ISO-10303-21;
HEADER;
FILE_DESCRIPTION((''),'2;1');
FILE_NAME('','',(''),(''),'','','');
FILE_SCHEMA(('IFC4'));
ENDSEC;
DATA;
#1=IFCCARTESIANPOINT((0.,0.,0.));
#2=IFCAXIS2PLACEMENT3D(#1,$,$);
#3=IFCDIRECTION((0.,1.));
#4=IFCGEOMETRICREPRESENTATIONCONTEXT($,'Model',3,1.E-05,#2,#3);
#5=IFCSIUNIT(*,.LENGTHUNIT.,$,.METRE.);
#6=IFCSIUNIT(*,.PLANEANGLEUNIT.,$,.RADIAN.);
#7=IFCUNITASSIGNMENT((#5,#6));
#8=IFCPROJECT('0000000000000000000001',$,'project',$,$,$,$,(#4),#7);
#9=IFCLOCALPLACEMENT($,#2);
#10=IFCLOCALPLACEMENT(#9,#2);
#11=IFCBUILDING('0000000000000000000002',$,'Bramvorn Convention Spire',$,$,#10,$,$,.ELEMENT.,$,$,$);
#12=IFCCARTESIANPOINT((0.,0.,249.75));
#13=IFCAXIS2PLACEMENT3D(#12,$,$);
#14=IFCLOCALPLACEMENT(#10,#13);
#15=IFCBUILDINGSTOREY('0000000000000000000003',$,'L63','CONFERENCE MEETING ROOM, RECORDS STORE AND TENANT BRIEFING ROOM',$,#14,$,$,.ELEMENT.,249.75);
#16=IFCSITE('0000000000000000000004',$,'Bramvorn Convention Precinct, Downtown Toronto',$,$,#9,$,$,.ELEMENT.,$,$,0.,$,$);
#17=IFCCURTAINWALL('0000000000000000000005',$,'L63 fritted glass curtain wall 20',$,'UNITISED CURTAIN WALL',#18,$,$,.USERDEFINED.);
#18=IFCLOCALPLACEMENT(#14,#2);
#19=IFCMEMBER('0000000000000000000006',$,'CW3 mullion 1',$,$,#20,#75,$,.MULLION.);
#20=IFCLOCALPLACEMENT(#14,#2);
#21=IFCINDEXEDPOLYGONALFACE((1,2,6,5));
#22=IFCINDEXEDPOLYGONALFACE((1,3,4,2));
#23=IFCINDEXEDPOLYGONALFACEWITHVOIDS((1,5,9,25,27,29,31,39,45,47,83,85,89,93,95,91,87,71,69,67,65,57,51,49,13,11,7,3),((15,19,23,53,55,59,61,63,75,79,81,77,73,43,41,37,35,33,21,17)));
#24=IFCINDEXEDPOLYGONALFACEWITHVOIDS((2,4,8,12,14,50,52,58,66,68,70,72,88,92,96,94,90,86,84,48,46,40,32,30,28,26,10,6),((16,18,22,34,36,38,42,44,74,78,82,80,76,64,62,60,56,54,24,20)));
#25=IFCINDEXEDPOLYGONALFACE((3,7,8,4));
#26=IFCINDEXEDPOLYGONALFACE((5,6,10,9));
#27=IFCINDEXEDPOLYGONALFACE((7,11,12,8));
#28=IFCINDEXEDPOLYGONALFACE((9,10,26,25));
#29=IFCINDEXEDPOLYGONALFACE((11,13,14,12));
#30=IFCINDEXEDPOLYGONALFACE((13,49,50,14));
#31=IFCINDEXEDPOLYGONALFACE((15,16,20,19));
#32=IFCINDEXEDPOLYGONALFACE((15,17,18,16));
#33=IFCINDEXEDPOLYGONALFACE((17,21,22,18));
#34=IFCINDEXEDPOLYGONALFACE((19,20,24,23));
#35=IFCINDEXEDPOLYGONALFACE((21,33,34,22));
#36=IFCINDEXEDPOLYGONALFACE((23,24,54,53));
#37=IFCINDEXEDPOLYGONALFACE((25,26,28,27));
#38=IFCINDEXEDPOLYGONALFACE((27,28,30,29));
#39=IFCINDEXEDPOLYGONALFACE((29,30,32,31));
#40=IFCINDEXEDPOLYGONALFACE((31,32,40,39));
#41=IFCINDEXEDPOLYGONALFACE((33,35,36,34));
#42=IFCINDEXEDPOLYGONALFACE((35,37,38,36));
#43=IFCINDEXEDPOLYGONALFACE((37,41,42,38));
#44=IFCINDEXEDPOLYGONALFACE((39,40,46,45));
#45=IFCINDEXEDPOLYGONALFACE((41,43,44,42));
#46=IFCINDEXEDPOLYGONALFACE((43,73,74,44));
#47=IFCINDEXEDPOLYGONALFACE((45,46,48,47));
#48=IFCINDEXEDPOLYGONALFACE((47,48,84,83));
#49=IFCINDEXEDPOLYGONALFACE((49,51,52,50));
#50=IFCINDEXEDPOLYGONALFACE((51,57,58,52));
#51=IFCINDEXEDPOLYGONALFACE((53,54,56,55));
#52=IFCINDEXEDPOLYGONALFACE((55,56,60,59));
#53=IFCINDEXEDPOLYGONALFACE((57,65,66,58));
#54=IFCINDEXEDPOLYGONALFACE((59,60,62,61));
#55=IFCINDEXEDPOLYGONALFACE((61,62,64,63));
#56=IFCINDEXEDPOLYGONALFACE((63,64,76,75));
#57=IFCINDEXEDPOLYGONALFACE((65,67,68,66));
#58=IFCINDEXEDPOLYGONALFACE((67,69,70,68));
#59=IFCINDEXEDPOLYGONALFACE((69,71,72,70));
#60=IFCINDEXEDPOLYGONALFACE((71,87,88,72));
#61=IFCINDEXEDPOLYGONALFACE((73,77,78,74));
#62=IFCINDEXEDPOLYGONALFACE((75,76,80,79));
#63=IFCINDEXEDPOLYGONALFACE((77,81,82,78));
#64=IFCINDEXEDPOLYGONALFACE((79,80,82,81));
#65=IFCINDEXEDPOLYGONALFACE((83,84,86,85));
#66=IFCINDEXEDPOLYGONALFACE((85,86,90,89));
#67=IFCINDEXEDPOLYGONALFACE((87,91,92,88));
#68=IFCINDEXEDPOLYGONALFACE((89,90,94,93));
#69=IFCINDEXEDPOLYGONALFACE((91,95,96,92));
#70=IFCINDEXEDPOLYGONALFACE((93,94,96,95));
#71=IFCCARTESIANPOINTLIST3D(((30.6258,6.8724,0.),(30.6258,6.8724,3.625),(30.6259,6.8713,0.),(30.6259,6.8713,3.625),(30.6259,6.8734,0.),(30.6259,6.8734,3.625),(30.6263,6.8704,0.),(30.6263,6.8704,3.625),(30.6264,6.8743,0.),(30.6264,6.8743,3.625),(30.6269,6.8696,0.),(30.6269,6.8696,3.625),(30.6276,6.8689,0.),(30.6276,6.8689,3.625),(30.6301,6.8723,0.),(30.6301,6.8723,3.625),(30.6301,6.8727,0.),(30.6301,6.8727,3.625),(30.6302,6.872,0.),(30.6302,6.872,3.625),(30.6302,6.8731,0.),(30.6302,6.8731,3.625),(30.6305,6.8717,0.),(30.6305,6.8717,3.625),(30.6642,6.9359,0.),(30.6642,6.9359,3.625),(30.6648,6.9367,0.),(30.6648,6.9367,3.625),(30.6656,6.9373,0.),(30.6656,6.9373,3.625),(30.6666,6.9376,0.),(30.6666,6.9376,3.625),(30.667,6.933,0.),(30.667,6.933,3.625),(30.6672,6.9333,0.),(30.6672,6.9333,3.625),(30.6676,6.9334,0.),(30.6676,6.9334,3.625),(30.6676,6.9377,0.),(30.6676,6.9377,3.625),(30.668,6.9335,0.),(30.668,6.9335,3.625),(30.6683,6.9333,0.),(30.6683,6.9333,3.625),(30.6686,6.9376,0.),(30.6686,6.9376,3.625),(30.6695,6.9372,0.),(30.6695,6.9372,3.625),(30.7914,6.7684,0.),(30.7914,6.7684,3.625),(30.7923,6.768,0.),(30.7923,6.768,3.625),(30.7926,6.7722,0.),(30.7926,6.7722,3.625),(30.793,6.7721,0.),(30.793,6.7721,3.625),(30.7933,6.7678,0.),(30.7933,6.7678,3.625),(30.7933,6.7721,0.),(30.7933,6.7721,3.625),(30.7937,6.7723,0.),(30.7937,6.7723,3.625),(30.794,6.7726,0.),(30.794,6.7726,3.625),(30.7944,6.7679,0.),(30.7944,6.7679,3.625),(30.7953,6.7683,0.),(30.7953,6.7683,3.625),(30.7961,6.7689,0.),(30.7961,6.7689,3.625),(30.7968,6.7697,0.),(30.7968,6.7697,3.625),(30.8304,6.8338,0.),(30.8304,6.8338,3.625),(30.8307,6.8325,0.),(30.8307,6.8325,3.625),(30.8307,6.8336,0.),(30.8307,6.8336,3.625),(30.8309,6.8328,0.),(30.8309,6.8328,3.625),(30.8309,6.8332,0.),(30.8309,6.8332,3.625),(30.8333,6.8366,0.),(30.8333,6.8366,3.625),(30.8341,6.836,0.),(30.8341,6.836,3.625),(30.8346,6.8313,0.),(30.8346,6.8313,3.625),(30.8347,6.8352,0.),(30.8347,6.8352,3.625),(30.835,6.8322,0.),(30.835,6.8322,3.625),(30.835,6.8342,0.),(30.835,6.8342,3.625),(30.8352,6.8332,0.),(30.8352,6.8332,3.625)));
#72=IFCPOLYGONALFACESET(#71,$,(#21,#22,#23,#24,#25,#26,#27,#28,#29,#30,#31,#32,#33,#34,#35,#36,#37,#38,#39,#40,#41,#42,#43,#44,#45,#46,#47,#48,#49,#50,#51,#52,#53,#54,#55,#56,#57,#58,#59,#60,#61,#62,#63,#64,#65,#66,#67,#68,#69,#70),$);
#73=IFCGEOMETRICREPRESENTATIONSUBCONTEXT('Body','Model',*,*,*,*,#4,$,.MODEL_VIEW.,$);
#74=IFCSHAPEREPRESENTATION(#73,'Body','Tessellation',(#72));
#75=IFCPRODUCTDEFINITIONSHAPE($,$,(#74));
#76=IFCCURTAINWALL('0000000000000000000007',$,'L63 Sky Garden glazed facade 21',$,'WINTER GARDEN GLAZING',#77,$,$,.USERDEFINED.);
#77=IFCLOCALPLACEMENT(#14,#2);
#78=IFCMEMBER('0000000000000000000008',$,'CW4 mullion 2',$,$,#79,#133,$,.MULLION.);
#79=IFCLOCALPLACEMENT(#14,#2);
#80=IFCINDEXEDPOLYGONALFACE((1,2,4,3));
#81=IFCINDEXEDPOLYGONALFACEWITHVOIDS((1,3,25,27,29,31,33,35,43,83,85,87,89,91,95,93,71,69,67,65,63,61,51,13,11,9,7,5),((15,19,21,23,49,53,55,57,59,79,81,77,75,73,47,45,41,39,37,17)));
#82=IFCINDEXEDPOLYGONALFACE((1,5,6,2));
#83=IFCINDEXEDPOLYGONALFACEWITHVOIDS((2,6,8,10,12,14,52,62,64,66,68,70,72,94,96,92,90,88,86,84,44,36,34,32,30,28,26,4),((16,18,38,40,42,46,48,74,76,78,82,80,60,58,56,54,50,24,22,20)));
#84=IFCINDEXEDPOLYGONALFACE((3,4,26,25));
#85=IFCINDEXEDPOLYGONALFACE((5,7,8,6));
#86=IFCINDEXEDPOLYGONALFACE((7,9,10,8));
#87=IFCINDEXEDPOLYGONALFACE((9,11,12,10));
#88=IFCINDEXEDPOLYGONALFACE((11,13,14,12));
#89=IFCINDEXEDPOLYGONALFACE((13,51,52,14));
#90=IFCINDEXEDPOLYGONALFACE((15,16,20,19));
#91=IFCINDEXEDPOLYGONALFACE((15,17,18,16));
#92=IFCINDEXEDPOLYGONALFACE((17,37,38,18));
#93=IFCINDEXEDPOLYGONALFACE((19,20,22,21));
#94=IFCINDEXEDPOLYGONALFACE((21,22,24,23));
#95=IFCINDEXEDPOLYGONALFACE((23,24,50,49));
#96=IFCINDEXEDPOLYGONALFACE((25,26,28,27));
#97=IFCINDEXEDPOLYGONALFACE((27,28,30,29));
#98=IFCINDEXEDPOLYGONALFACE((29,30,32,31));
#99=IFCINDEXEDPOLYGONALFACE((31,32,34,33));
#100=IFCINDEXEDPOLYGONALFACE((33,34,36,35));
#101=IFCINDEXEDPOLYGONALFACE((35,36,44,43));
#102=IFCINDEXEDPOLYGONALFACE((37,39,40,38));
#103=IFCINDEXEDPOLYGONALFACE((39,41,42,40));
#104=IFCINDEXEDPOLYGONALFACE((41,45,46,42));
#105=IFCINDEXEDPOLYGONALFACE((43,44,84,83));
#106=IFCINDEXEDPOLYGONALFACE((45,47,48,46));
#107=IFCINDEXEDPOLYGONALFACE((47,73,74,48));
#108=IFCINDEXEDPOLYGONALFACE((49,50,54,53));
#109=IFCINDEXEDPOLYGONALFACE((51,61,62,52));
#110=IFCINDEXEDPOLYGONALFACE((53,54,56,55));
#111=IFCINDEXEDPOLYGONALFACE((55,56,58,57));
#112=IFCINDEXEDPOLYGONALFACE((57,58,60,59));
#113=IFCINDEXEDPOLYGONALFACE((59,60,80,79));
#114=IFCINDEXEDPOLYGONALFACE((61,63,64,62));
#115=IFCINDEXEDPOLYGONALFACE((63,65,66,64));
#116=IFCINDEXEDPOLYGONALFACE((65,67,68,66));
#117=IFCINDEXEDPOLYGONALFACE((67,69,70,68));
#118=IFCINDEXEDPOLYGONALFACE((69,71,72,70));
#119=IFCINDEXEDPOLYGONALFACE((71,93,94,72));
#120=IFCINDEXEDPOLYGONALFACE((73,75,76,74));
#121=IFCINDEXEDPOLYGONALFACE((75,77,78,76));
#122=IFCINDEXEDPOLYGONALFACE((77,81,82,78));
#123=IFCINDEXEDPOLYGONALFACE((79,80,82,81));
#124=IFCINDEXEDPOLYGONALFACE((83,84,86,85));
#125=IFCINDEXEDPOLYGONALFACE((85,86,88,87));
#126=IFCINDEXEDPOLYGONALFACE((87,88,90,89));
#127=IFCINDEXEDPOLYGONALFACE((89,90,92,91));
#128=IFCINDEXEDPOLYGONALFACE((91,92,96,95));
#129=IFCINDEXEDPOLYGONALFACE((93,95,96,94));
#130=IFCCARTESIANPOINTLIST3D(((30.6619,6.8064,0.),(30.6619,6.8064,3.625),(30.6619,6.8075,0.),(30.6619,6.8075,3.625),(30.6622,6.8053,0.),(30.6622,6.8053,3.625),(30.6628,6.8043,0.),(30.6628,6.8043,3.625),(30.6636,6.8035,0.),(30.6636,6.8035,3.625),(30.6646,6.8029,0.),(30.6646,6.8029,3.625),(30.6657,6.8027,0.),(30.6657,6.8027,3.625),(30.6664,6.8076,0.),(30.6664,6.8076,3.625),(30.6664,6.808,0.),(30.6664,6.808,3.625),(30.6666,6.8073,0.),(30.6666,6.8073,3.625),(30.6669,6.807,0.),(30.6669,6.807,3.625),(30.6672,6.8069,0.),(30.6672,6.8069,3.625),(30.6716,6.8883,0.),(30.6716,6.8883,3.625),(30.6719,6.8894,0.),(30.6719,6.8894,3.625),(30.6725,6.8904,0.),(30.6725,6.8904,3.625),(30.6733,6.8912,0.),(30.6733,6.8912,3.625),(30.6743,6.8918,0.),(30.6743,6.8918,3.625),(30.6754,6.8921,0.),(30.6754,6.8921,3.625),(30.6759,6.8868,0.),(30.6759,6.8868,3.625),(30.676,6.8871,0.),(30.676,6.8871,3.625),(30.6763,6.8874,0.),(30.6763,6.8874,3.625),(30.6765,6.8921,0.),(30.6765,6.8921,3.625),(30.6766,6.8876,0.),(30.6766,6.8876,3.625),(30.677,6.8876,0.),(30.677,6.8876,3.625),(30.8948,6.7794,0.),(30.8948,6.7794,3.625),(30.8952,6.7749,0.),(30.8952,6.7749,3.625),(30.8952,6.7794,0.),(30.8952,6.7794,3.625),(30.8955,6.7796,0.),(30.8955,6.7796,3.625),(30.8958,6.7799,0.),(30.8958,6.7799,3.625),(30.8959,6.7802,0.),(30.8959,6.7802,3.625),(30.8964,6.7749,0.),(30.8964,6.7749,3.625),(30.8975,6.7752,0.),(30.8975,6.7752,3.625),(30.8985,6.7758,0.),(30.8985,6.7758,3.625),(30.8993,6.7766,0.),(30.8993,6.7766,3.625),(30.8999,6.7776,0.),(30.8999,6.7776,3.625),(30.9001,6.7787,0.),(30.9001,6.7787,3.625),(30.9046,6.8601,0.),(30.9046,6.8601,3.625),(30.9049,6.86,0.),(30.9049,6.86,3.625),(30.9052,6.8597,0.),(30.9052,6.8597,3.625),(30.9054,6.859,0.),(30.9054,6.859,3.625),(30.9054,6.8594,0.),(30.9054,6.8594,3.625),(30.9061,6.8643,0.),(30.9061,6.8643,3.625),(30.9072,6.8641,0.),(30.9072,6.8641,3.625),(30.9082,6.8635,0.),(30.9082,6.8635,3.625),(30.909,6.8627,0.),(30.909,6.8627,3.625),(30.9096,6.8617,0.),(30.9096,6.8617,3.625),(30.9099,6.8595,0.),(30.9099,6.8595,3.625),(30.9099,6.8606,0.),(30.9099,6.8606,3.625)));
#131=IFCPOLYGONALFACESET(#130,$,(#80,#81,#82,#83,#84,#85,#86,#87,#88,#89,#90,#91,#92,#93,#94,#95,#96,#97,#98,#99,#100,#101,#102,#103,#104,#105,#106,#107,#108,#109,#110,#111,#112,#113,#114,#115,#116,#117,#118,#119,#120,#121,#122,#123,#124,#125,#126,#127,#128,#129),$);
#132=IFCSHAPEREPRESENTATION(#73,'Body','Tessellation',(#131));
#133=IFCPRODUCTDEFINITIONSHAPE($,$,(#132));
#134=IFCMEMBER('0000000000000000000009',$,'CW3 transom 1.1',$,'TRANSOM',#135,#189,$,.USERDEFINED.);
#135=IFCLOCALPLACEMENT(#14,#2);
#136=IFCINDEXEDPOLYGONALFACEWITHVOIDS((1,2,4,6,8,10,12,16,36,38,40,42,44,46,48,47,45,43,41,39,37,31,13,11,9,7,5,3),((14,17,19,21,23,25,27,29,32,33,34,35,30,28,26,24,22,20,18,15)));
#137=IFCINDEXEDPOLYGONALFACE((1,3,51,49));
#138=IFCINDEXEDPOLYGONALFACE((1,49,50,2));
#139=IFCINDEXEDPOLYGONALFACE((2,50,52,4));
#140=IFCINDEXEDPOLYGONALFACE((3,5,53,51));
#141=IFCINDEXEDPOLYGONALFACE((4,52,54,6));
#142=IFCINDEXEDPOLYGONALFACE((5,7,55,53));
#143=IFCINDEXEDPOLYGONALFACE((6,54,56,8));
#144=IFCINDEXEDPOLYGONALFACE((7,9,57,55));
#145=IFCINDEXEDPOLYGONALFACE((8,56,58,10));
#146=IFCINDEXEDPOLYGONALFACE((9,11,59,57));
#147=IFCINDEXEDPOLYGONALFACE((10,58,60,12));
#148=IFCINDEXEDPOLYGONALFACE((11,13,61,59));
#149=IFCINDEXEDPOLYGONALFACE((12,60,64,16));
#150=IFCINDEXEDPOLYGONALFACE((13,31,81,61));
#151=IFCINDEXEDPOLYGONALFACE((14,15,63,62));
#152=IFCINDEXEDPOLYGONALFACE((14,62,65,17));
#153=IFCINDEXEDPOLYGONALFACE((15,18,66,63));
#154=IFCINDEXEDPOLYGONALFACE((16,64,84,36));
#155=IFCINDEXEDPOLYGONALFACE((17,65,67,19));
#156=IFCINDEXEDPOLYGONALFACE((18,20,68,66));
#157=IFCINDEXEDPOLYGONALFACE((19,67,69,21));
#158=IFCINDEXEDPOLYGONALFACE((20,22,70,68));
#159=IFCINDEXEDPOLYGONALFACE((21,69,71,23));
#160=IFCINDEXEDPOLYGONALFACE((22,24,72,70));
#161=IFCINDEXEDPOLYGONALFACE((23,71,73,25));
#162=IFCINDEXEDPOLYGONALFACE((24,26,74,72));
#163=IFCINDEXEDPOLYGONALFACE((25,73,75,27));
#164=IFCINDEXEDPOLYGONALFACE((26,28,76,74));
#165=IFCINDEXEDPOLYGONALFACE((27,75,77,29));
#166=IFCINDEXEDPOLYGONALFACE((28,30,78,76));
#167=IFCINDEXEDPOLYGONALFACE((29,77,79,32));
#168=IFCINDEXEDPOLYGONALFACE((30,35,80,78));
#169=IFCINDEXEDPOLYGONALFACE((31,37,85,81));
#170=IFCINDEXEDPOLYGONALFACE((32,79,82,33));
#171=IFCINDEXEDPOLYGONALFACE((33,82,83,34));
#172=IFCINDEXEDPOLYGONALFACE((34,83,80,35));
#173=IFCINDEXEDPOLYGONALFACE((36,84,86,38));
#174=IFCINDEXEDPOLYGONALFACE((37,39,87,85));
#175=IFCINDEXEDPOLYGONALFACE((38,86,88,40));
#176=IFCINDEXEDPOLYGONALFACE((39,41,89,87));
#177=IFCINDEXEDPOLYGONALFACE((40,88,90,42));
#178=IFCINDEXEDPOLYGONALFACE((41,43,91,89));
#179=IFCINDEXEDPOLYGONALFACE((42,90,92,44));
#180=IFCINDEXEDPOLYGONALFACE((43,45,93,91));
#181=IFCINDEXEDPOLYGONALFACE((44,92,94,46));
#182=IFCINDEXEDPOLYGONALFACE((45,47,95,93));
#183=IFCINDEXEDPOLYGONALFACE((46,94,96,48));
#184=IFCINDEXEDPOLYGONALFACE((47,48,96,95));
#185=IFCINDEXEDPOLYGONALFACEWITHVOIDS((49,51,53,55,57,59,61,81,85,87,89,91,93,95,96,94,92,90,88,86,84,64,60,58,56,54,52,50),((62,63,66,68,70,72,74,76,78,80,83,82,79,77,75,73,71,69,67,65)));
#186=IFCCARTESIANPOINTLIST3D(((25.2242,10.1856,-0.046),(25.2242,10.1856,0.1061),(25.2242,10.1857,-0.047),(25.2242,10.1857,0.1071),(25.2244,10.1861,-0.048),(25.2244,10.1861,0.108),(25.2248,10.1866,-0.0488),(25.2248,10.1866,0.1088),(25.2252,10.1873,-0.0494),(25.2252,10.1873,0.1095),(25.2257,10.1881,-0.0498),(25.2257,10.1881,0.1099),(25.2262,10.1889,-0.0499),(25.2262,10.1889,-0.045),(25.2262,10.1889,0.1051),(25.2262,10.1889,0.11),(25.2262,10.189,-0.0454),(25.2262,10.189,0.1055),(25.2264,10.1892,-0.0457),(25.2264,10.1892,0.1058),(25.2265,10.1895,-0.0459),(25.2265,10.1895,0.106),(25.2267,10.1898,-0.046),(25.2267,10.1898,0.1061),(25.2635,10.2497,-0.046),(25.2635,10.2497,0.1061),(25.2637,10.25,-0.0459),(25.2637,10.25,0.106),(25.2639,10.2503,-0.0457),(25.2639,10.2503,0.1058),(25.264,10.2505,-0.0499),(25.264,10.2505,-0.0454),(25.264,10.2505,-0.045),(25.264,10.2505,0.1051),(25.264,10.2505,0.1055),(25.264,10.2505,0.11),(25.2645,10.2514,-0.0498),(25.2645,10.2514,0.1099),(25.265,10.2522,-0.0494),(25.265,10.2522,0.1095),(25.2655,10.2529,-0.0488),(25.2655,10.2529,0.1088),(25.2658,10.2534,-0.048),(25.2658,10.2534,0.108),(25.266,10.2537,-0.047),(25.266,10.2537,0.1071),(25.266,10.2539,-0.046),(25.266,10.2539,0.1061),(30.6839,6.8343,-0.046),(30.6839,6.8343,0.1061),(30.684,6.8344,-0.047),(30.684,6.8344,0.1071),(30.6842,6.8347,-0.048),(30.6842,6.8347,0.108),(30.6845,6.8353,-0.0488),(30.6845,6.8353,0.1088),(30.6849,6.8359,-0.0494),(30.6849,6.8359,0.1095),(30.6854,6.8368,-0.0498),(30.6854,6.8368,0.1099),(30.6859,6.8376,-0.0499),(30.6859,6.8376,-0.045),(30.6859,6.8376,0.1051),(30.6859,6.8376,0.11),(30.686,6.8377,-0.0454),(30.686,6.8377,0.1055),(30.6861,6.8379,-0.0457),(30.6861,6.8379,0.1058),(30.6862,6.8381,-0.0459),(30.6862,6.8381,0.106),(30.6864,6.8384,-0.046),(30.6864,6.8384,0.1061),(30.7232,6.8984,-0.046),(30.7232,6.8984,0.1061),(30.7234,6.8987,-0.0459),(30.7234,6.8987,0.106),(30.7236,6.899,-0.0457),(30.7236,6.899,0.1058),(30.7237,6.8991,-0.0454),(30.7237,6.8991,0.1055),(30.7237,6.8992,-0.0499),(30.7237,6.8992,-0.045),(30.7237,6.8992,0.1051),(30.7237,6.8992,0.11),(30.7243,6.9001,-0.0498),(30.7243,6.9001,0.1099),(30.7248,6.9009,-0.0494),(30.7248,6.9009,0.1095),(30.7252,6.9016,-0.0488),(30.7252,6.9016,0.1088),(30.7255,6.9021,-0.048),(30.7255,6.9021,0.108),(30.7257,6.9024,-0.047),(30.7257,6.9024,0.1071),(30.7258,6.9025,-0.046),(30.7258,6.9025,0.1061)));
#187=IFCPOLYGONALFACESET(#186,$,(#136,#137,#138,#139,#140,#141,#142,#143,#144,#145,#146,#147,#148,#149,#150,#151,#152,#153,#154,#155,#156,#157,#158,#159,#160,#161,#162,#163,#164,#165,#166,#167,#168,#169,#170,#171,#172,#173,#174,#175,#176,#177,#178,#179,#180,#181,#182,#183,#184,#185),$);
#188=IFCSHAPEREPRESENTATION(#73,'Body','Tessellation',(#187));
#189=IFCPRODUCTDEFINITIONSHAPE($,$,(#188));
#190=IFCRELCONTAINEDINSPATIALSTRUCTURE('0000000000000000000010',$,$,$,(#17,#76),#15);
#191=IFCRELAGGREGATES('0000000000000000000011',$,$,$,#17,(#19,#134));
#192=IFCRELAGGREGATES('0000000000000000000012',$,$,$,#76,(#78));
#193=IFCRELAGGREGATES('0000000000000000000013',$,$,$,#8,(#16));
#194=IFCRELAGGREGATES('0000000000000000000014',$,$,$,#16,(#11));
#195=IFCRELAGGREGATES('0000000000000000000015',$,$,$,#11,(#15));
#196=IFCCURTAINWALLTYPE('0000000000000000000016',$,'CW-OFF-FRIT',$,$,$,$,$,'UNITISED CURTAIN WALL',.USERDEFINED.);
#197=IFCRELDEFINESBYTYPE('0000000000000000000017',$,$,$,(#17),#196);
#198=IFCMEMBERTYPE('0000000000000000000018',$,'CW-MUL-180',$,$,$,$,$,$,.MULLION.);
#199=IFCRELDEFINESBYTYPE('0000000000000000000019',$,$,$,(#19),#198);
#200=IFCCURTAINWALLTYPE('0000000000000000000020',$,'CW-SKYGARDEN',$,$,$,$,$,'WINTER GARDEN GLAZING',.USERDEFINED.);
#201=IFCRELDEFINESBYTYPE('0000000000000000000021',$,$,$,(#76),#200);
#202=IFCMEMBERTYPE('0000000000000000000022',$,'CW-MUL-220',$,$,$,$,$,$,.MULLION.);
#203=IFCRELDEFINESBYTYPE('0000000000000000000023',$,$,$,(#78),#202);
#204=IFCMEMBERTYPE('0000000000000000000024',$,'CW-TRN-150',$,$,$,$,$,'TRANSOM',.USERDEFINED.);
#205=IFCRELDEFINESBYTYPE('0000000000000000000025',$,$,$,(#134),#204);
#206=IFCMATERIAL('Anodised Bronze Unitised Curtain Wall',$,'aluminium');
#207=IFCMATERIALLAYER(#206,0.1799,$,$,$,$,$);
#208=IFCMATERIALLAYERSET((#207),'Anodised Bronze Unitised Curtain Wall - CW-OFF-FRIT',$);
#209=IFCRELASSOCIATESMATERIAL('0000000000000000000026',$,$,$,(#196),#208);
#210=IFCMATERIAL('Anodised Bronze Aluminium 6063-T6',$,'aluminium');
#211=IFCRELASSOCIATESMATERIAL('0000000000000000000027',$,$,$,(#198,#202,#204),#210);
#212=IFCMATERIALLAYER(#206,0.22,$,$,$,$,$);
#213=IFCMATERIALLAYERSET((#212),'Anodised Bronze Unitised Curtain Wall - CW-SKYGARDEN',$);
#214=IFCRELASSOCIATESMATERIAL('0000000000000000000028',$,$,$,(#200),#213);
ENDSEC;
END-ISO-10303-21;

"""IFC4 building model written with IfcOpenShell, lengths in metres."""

from ifc_helpers import new_model, si_unit, direction, frame, origin, origin_2d, place, context, subcontext, project, spatial, hollow_rectangle, extrude, material, layer, layer_set, material_profile, profile_set, type_object, element, aggregate, save


model = new_model("IFC4")

# Units and contexts
model_context = context("Model", 3, precision=1e-05, world=origin(), true_north=direction((0.0, 1.0)))
body_context = subcontext(model_context, "Body", "Model", "MODEL_VIEW")
ifc_project = project(units=[si_unit("LENGTHUNIT", "METRE"), si_unit("PLANEANGLEUNIT", "RADIAN")], contexts=[model_context])

# Site, building, storey
site_placement = place(None, origin())
site = spatial("IfcSite", under=ifc_project, at=site_placement, Name="Bramvorn Convention Precinct, Downtown Toronto", CompositionType="ELEMENT", RefElevation=0.0)
building_placement = place(site_placement, origin())
building = spatial("IfcBuilding", under=site, at=building_placement, Name="Bramvorn Convention Spire", CompositionType="ELEMENT")
storey_placement = place(building_placement, frame((0.0, 0.0, 249.75)))
storey = spatial("IfcBuildingStorey", under=building, at=storey_placement, Name="L63", Description="CONFERENCE MEETING ROOM, RECORDS STORE AND TENANT BRIEFING ROOM", CompositionType="ELEMENT", Elevation=249.75)

# Curtain walls, members
ifc_material_1 = material(Name="Anodised Bronze Unitised Curtain Wall", Category="aluminium")
ifc_layer_1 = layer(ifc_material_1, 0.1799)
ifc_layer_set_1 = layer_set([ifc_layer_1], Name="Anodised Bronze Unitised Curtain Wall - CW-OFF-FRIT")
curtain_wall_type_1 = type_object("IfcCurtainWallType", Name="CW-OFF-FRIT", ElementType="UNITISED CURTAIN WALL", PredefinedType="USERDEFINED", material=ifc_layer_set_1)
curtain_wall_1_placement = place(storey_placement, origin())
curtain_wall_1 = element("IfcCurtainWall", 1, at=curtain_wall_1_placement, inside=storey, type_object=curtain_wall_type_1, Name="L63 fritted glass curtain wall 20", ObjectType="UNITISED CURTAIN WALL", PredefinedType="USERDEFINED")
ifc_material_2 = material(Name="Anodised Bronze Aluminium 6063-T6", Category="aluminium")
ifc_material_profile_1 = material_profile(ifc_material_2, hollow_rectangle(XDim=0.0801, YDim=0.2, WallThickness=0.0039, InnerFilletRadius=0.001, OuterFilletRadius=0.0039, at=origin_2d()))
ifc_profile_set_1 = profile_set([ifc_material_profile_1], Name="Anodised Bronze Aluminium 6063-T6 - CWM80X200")
member_type_1 = type_object("IfcMemberType", Name="CW-MUL-180", PredefinedType="MULLION", material=ifc_profile_set_1)
member_1_placement = place(storey_placement, frame((30.7305, 6.8528, 0.0), z_axis=(0.0, 0.0, 1.0), x_axis=(-0.523129, -0.852253, 0.0)))
member_1 = element("IfcMember", 2, at=member_1_placement, type_object=member_type_1, Name="CW3 mullion 1", PredefinedType="MULLION", context=body_context, shape_type="SweptSolid", body=[
    extrude(hollow_rectangle(XDim=0.0801, YDim=0.2, WallThickness=0.0039, InnerFilletRadius=0.001, OuterFilletRadius=0.0039, at=origin_2d()), origin(), (0.0, 0.0, 1.0), 3.625),
])
ifc_layer_2 = layer(ifc_material_1, 0.22)
ifc_layer_set_2 = layer_set([ifc_layer_2], Name="Anodised Bronze Unitised Curtain Wall - CW-SKYGARDEN")
curtain_wall_type_2 = type_object("IfcCurtainWallType", Name="CW-SKYGARDEN", ElementType="WINTER GARDEN GLAZING", PredefinedType="USERDEFINED", material=ifc_layer_set_2)
curtain_wall_2_placement = place(storey_placement, origin())
curtain_wall_2 = element("IfcCurtainWall", 3, at=curtain_wall_2_placement, inside=storey, type_object=curtain_wall_type_2, Name="L63 Sky Garden glazed facade 21", ObjectType="WINTER GARDEN GLAZING", PredefinedType="USERDEFINED")
ifc_material_profile_2 = material_profile(ifc_material_2, hollow_rectangle(XDim=0.0901, YDim=0.24, WallThickness=0.0044, InnerFilletRadius=0.001, OuterFilletRadius=0.0044, at=origin_2d()))
ifc_profile_set_2 = profile_set([ifc_material_profile_2], Name="Anodised Bronze Aluminium 6063-T6 - CWM90X240")
member_type_2 = type_object("IfcMemberType", Name="CW-MUL-220", PredefinedType="MULLION", material=ifc_profile_set_2)
member_2_placement = place(storey_placement, frame((30.7859, 6.8335, 0.0), z_axis=(0.0, 0.0, 1.0), x_axis=(-0.120018, -0.992772, 0.0)))
member_2 = element("IfcMember", 4, at=member_2_placement, type_object=member_type_2, Name="CW4 mullion 2", PredefinedType="MULLION", context=body_context, shape_type="SweptSolid", body=[
    extrude(hollow_rectangle(XDim=0.0901, YDim=0.24, WallThickness=0.0044, InnerFilletRadius=0.001, OuterFilletRadius=0.0044, at=origin_2d()), origin(), (0.0, 0.0, 1.0), 3.625),
])

# Member
ifc_material_profile_3 = material_profile(ifc_material_2, hollow_rectangle(XDim=0.0801, YDim=0.1599, WallThickness=0.0039, InnerFilletRadius=0.001, OuterFilletRadius=0.0039, at=origin_2d()))
ifc_profile_set_3 = profile_set([ifc_material_profile_3], Name="Anodised Bronze Aluminium 6063-T6 - CWT80X160")
member_type_3 = type_object("IfcMemberType", Name="CW-TRN-150", ElementType="TRANSOM", PredefinedType="USERDEFINED", material=ifc_profile_set_3)
member_3_placement = place(storey_placement, frame((30.7048, 6.8684, 0.03), z_axis=(-0.852251, 0.523134, 0.0), x_axis=(-0.523134, -0.852251, 0.0)))
member_3 = element("IfcMember", 5, at=member_3_placement, type_object=member_type_3, Name="CW3 transom 1.1", ObjectType="TRANSOM", PredefinedType="USERDEFINED", context=body_context, shape_type="SweptSolid", body=[
    extrude(hollow_rectangle(XDim=0.0801, YDim=0.1599, WallThickness=0.0039, InnerFilletRadius=0.001, OuterFilletRadius=0.0039, at=origin_2d()), origin(), (0.0, 0.0, 1.0), 6.4062),
])

aggregate(curtain_wall_1, [member_1, member_3])
aggregate(curtain_wall_2, [member_2])

save(model, "model.ifc")
